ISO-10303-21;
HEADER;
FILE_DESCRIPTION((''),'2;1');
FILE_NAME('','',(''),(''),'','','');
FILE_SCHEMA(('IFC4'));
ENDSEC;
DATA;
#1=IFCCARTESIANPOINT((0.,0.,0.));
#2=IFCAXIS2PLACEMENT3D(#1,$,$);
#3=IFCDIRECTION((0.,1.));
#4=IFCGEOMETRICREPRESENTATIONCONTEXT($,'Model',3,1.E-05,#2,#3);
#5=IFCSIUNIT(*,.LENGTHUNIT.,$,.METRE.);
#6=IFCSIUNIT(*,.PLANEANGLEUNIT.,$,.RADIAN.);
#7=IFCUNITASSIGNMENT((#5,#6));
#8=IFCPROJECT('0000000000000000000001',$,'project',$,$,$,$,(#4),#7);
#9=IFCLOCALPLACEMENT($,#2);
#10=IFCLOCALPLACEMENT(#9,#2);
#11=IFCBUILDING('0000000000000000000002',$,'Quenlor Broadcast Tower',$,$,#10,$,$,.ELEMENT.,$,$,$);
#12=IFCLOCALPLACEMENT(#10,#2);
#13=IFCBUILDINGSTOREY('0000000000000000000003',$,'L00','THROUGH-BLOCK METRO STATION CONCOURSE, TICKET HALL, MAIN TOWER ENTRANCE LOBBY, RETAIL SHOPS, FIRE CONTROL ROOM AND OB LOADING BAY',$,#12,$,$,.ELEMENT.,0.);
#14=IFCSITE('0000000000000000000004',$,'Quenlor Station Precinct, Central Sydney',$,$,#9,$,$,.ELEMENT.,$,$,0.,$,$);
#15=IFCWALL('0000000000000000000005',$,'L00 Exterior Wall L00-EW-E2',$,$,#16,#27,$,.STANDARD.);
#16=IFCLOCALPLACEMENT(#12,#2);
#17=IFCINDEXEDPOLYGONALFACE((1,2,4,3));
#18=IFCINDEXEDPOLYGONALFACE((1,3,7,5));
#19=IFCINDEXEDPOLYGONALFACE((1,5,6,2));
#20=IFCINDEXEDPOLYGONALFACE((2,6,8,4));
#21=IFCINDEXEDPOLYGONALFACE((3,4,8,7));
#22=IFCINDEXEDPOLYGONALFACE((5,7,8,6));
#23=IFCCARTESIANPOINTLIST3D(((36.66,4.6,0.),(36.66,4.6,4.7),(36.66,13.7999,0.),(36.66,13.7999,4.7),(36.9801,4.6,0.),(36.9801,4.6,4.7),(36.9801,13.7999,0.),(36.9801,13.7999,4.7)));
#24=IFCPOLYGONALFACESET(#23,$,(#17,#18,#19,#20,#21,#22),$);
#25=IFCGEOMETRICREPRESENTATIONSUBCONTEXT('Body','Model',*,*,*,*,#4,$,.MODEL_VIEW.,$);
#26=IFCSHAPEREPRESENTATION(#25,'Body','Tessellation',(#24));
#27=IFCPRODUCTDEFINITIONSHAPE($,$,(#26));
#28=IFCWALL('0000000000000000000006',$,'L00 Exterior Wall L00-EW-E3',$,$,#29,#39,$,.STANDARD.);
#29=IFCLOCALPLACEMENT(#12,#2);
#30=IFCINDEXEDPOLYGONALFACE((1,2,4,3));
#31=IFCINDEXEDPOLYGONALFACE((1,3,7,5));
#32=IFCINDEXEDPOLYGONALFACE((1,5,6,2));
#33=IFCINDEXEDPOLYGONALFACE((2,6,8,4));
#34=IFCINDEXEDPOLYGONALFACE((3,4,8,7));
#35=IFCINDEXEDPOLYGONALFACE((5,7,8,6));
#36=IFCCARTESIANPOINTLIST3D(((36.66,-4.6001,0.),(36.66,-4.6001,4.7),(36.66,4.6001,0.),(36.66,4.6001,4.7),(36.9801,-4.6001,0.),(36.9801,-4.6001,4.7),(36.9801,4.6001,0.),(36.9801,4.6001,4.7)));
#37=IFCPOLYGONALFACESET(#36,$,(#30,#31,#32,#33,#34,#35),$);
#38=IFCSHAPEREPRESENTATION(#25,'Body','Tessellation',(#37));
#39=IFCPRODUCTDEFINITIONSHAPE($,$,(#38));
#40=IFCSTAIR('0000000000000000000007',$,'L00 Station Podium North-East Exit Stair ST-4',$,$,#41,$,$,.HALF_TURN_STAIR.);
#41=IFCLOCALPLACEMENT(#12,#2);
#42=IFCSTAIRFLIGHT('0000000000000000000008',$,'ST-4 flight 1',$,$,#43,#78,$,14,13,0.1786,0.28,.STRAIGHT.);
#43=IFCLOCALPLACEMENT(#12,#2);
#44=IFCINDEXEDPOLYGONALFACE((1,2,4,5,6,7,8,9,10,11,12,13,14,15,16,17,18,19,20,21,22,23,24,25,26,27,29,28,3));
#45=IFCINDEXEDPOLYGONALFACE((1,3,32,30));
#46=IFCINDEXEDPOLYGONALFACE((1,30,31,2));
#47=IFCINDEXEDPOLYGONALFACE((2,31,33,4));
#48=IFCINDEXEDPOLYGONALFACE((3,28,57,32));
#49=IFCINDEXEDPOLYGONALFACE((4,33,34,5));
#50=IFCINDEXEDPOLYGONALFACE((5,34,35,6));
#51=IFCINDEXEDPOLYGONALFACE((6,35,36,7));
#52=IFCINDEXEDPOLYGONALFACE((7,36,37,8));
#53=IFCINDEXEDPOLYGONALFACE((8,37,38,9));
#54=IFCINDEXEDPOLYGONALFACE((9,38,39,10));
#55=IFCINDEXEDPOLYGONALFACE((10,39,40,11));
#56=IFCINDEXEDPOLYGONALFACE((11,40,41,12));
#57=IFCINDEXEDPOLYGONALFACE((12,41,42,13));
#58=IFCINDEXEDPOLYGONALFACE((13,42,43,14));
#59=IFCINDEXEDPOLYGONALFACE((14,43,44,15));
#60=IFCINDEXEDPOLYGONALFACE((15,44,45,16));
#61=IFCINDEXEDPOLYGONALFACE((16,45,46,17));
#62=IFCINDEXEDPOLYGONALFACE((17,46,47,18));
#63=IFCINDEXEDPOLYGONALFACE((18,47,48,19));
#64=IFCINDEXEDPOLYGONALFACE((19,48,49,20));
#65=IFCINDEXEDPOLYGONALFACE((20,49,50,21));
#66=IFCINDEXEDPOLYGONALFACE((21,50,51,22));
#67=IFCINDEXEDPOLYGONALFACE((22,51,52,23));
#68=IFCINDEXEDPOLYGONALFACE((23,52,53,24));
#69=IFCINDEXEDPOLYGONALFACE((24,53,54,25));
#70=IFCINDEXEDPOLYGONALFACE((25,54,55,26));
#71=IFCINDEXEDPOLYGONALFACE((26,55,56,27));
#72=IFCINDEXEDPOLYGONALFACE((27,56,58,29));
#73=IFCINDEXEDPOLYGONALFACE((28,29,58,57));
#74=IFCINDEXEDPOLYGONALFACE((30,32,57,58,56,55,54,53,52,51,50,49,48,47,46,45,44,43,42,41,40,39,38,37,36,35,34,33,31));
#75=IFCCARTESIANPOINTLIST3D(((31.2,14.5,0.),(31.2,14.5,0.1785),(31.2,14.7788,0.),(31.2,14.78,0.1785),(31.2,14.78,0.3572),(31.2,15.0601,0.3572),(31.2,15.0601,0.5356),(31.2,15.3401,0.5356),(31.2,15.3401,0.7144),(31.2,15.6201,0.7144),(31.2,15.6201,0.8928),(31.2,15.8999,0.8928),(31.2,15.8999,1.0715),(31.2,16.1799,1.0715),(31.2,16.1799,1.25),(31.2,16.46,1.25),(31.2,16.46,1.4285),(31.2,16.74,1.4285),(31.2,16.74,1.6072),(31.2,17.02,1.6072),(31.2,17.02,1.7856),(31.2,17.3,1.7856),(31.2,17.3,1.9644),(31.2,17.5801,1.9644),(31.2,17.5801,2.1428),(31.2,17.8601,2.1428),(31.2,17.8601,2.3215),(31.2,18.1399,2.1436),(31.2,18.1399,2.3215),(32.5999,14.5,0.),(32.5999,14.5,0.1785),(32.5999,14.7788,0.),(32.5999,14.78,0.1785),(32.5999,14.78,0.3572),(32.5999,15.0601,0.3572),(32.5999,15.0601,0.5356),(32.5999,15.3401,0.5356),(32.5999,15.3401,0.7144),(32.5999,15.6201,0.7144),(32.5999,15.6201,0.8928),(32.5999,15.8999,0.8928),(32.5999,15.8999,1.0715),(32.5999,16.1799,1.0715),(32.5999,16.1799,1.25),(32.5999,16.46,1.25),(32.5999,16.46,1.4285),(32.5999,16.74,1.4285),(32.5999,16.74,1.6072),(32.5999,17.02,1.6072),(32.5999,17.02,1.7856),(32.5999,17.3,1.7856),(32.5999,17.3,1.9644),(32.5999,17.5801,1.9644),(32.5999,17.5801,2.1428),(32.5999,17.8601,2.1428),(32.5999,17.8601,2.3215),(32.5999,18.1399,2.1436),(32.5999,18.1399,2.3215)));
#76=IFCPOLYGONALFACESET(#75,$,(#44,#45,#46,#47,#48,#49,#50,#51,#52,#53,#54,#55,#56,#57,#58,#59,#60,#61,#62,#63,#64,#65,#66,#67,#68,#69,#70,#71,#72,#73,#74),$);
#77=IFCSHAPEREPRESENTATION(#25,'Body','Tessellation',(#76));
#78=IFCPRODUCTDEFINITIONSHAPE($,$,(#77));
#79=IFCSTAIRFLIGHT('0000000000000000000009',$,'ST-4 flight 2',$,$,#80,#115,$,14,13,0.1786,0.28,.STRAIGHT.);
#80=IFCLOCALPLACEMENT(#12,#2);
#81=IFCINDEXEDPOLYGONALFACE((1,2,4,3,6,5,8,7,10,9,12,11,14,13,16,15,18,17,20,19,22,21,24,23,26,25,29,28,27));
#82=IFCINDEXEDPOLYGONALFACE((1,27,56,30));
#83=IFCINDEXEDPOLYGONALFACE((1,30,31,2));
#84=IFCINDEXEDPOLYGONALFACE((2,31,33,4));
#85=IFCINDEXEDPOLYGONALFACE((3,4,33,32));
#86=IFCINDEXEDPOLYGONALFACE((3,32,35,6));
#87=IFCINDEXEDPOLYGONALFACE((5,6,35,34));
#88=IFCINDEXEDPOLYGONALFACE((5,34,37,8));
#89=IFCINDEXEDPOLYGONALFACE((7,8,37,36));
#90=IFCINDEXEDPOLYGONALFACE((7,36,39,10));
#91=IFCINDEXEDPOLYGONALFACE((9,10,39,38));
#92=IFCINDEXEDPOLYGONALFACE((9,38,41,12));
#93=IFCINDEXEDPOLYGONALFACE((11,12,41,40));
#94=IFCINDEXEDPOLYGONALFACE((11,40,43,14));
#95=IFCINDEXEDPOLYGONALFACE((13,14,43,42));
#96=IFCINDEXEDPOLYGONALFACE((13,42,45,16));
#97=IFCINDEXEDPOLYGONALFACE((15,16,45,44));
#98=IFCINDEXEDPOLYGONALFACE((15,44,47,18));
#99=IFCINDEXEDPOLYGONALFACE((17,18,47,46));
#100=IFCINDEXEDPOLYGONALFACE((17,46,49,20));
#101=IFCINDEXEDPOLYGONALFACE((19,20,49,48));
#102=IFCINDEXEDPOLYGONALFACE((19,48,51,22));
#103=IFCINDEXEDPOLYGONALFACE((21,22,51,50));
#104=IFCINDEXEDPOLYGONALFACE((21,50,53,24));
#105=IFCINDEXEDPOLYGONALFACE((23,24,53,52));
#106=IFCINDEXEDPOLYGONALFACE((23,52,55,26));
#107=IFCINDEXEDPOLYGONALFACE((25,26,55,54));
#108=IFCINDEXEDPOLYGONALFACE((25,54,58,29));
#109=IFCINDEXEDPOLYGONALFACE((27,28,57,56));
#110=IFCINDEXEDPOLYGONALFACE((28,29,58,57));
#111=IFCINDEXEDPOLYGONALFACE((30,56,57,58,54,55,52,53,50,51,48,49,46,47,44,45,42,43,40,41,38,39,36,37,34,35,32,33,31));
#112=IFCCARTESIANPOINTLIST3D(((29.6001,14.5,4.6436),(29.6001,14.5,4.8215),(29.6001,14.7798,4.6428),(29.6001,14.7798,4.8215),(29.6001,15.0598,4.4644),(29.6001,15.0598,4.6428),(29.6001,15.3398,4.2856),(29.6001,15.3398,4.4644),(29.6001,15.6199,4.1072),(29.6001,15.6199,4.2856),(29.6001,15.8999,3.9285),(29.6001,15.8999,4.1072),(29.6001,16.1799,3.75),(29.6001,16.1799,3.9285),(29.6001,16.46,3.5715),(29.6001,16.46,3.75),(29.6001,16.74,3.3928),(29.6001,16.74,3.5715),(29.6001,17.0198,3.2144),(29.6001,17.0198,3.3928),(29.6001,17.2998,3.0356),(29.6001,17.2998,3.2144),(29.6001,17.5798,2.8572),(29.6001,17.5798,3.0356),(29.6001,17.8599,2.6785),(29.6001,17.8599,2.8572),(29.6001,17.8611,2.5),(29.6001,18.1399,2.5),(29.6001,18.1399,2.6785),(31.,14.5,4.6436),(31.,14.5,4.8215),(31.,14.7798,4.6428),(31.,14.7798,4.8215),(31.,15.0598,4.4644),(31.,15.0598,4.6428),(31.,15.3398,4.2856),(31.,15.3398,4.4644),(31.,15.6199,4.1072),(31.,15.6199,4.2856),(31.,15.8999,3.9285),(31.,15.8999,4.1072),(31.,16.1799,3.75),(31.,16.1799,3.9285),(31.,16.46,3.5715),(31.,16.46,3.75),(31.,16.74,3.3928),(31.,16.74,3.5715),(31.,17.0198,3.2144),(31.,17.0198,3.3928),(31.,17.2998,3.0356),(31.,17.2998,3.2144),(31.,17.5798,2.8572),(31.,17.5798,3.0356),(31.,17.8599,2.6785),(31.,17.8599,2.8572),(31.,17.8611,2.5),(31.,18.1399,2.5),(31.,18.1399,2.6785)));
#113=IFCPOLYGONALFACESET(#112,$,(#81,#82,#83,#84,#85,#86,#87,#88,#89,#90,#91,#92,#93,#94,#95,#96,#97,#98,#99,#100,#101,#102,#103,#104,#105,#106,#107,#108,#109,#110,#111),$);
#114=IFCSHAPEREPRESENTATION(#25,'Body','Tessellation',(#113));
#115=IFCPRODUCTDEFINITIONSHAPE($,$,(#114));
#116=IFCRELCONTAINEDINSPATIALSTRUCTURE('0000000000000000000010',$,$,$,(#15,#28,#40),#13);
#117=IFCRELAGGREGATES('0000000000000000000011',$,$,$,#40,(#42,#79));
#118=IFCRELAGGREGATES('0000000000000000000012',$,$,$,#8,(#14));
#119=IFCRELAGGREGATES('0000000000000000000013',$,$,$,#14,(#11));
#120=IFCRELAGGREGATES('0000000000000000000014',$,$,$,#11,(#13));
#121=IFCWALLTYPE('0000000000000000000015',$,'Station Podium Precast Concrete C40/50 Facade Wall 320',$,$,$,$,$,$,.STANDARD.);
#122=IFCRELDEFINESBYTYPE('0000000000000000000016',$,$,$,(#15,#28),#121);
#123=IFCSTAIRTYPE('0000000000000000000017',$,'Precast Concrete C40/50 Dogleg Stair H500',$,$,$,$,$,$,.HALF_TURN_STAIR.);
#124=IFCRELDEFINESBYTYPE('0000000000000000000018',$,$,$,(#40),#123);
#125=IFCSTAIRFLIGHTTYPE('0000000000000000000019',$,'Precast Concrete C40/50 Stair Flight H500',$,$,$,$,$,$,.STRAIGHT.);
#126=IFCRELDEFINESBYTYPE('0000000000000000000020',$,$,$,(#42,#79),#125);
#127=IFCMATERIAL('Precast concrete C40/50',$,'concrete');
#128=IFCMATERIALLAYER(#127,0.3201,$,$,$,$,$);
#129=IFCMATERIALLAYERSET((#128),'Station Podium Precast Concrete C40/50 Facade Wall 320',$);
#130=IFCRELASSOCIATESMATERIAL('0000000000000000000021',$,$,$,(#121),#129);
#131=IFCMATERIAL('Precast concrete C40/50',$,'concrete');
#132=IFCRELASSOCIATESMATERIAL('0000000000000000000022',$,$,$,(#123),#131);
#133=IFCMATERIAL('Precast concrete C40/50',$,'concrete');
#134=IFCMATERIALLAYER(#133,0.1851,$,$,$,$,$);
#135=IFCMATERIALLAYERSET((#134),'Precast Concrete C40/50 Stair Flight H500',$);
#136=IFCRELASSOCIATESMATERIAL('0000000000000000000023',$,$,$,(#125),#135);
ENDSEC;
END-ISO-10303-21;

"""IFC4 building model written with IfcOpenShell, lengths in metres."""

from ifc_helpers import new_model, si_unit, direction, frame, frame_2d, origin, place, context, subcontext, project, spatial, polyline, rectangle, outline, extrude, material, layer, layer_set, type_object, element, aggregate, save


model = new_model("IFC4")

# Units and contexts
model_context = context("Model", 3, precision=1e-05, world=origin(), true_north=direction((0.0, 1.0)))
body_context = subcontext(model_context, "Body", "Model", "MODEL_VIEW")
ifc_project = project(units=[si_unit("LENGTHUNIT", "METRE"), si_unit("PLANEANGLEUNIT", "RADIAN")], contexts=[model_context])

# Site, building, storey
site_placement = place(None, origin())
site = spatial("IfcSite", under=ifc_project, at=site_placement, Name="Quenlor Station Precinct, Central Sydney", CompositionType="ELEMENT", RefElevation=0.0)
building_placement = place(site_placement, origin())
building = spatial("IfcBuilding", under=site, at=building_placement, Name="Quenlor Broadcast Tower", CompositionType="ELEMENT")
storey_placement = place(building_placement, origin())
storey = spatial("IfcBuildingStorey", under=building, at=storey_placement, Name="L00", Description="THROUGH-BLOCK METRO STATION CONCOURSE, TICKET HALL, MAIN TOWER ENTRANCE LOBBY, RETAIL SHOPS, FIRE CONTROL ROOM AND OB LOADING BAY", CompositionType="ELEMENT", Elevation=0.0)

# Walls
ifc_material_1 = material(Name="Precast concrete C40/50", Category="concrete")
ifc_layer_1 = layer(ifc_material_1, 0.3201)
ifc_layer_set_1 = layer_set([ifc_layer_1], Name="Station Podium Precast Concrete C40/50 Facade Wall 320")
wall_type_1 = type_object("IfcWallType", Name="Station Podium Precast Concrete C40/50 Facade Wall 320", PredefinedType="STANDARD", material=ifc_layer_set_1)
wall_1_placement = place(storey_placement, frame((36.8201, 13.8, 0.0), z_axis=(0.0, 0.0, 1.0), x_axis=(0.0, -1.0, 0.0)))
element("IfcWall", 1, at=wall_1_placement, inside=storey, type_object=wall_type_1, Name="L00 Exterior Wall L00-EW-E2", PredefinedType="STANDARD", context=body_context, shape_type="SweptSolid", body=[
    extrude(rectangle(XDim=9.2, YDim=0.3201, at=frame_2d((4.6001, 0.0))), origin(), (0.0, 0.0, 1.0), 4.7),
])
wall_2_placement = place(storey_placement, frame((36.8201, 4.6001, 0.0), z_axis=(0.0, 0.0, 1.0), x_axis=(0.0, -1.0, 0.0)))
element("IfcWall", 2, at=wall_2_placement, inside=storey, type_object=wall_type_1, Name="L00 Exterior Wall L00-EW-E3", PredefinedType="STANDARD", context=body_context, shape_type="SweptSolid", body=[
    extrude(rectangle(XDim=9.2002, YDim=0.3201, at=frame_2d((4.6001, 0.0))), origin(), (0.0, 0.0, 1.0), 4.7),
])

# Stair, stair flights
ifc_material_2 = material(Name="Precast concrete C40/50", Category="concrete")
stair_type = type_object("IfcStairType", Name="Precast Concrete C40/50 Dogleg Stair H500", PredefinedType="HALF_TURN_STAIR", material=ifc_material_2)
stair_placement = place(storey_placement, origin())
stair = element("IfcStair", 3, at=stair_placement, inside=storey, type_object=stair_type, Name="L00 Station Podium North-East Exit Stair ST-4", PredefinedType="HALF_TURN_STAIR")
ifc_material_3 = material(Name="Precast concrete C40/50", Category="concrete")
ifc_layer_2 = layer(ifc_material_3, 0.1851)
ifc_layer_set_2 = layer_set([ifc_layer_2], Name="Precast Concrete C40/50 Stair Flight H500")
stair_flight_type = type_object("IfcStairFlightType", Name="Precast Concrete C40/50 Stair Flight H500", PredefinedType="STRAIGHT", material=ifc_layer_set_2)
stair_flight_1_placement = place(storey_placement, frame((31.8999, 14.5, 0.0), z_axis=(0.0, 0.0, 1.0), x_axis=(0.0, 1.0, 0.0)))
stair_flight_1 = element("IfcStairFlight", 4, at=stair_flight_1_placement, type_object=stair_flight_type, Name="ST-4 flight 1", NumberOfRisers=14, NumberOfTreads=13, PredefinedType="STRAIGHT", RiserHeight=0.1786, TreadLength=0.28, context=body_context, shape_type="SweptSolid", body=[
    extrude(outline(polyline([(0.0, 0.0), (0.0, 0.1785), (0.28, 0.1785), (0.28, 0.3572), (0.5601, 0.3572), (0.5601, 0.5356), (0.8401, 0.5356), (0.8401, 0.7144), (1.1201, 0.7144), (1.1201, 0.8928), (1.3999, 0.8928), (1.3999, 1.0715), (1.6799, 1.0715), (1.6799, 1.25), (1.96, 1.25), (1.96, 1.4285), (2.24, 1.4285), (2.24, 1.6072), (2.52, 1.6072), (2.52, 1.7856), (2.8, 1.7856), (2.8, 1.9644), (3.0801, 1.9644), (3.0801, 2.1428), (3.3601, 2.1428), (3.3601, 2.3215), (3.6399, 2.3215), (3.6399, 2.5), (3.6399, 2.1436), (0.2788, 0.0), (0.0, 0.0)])), frame((0.0, 0.7, 0.0), z_axis=(0.0, -1.0, 0.0), x_axis=(1.0, 0.0, 0.0)), (0.0, 0.0, 1.0), 1.3999),
])
stair_flight_2_placement = place(storey_placement, frame((30.3, 18.1399, 2.5), z_axis=(0.0, 0.0, 1.0), x_axis=(0.0, -1.0, 0.0)))
stair_flight_2 = element("IfcStairFlight", 5, at=stair_flight_2_placement, type_object=stair_flight_type, Name="ST-4 flight 2", NumberOfRisers=14, NumberOfTreads=13, PredefinedType="STRAIGHT", RiserHeight=0.1786, TreadLength=0.28, context=body_context, shape_type="SweptSolid", body=[
    extrude(outline(polyline([(0.0, 0.0), (0.0, 0.1785), (0.28, 0.1785), (0.28, 0.3572), (0.5601, 0.3572), (0.5601, 0.5356), (0.8401, 0.5356), (0.8401, 0.7144), (1.1201, 0.7144), (1.1201, 0.8928), (1.3999, 0.8928), (1.3999, 1.0715), (1.6799, 1.0715), (1.6799, 1.25), (1.96, 1.25), (1.96, 1.4285), (2.24, 1.4285), (2.24, 1.6072), (2.52, 1.6072), (2.52, 1.7856), (2.8, 1.7856), (2.8, 1.9644), (3.0801, 1.9644), (3.0801, 2.1428), (3.3601, 2.1428), (3.3601, 2.3215), (3.6399, 2.3215), (3.6399, 2.5), (3.6399, 2.1436), (0.2788, 0.0), (0.0, 0.0)])), frame((0.0, 0.7, 0.0), z_axis=(0.0, -1.0, 0.0), x_axis=(1.0, 0.0, 0.0)), (0.0, 0.0, 1.0), 1.3999),
])
aggregate(stair, [stair_flight_1, stair_flight_2])

save(model, "model.ifc")
